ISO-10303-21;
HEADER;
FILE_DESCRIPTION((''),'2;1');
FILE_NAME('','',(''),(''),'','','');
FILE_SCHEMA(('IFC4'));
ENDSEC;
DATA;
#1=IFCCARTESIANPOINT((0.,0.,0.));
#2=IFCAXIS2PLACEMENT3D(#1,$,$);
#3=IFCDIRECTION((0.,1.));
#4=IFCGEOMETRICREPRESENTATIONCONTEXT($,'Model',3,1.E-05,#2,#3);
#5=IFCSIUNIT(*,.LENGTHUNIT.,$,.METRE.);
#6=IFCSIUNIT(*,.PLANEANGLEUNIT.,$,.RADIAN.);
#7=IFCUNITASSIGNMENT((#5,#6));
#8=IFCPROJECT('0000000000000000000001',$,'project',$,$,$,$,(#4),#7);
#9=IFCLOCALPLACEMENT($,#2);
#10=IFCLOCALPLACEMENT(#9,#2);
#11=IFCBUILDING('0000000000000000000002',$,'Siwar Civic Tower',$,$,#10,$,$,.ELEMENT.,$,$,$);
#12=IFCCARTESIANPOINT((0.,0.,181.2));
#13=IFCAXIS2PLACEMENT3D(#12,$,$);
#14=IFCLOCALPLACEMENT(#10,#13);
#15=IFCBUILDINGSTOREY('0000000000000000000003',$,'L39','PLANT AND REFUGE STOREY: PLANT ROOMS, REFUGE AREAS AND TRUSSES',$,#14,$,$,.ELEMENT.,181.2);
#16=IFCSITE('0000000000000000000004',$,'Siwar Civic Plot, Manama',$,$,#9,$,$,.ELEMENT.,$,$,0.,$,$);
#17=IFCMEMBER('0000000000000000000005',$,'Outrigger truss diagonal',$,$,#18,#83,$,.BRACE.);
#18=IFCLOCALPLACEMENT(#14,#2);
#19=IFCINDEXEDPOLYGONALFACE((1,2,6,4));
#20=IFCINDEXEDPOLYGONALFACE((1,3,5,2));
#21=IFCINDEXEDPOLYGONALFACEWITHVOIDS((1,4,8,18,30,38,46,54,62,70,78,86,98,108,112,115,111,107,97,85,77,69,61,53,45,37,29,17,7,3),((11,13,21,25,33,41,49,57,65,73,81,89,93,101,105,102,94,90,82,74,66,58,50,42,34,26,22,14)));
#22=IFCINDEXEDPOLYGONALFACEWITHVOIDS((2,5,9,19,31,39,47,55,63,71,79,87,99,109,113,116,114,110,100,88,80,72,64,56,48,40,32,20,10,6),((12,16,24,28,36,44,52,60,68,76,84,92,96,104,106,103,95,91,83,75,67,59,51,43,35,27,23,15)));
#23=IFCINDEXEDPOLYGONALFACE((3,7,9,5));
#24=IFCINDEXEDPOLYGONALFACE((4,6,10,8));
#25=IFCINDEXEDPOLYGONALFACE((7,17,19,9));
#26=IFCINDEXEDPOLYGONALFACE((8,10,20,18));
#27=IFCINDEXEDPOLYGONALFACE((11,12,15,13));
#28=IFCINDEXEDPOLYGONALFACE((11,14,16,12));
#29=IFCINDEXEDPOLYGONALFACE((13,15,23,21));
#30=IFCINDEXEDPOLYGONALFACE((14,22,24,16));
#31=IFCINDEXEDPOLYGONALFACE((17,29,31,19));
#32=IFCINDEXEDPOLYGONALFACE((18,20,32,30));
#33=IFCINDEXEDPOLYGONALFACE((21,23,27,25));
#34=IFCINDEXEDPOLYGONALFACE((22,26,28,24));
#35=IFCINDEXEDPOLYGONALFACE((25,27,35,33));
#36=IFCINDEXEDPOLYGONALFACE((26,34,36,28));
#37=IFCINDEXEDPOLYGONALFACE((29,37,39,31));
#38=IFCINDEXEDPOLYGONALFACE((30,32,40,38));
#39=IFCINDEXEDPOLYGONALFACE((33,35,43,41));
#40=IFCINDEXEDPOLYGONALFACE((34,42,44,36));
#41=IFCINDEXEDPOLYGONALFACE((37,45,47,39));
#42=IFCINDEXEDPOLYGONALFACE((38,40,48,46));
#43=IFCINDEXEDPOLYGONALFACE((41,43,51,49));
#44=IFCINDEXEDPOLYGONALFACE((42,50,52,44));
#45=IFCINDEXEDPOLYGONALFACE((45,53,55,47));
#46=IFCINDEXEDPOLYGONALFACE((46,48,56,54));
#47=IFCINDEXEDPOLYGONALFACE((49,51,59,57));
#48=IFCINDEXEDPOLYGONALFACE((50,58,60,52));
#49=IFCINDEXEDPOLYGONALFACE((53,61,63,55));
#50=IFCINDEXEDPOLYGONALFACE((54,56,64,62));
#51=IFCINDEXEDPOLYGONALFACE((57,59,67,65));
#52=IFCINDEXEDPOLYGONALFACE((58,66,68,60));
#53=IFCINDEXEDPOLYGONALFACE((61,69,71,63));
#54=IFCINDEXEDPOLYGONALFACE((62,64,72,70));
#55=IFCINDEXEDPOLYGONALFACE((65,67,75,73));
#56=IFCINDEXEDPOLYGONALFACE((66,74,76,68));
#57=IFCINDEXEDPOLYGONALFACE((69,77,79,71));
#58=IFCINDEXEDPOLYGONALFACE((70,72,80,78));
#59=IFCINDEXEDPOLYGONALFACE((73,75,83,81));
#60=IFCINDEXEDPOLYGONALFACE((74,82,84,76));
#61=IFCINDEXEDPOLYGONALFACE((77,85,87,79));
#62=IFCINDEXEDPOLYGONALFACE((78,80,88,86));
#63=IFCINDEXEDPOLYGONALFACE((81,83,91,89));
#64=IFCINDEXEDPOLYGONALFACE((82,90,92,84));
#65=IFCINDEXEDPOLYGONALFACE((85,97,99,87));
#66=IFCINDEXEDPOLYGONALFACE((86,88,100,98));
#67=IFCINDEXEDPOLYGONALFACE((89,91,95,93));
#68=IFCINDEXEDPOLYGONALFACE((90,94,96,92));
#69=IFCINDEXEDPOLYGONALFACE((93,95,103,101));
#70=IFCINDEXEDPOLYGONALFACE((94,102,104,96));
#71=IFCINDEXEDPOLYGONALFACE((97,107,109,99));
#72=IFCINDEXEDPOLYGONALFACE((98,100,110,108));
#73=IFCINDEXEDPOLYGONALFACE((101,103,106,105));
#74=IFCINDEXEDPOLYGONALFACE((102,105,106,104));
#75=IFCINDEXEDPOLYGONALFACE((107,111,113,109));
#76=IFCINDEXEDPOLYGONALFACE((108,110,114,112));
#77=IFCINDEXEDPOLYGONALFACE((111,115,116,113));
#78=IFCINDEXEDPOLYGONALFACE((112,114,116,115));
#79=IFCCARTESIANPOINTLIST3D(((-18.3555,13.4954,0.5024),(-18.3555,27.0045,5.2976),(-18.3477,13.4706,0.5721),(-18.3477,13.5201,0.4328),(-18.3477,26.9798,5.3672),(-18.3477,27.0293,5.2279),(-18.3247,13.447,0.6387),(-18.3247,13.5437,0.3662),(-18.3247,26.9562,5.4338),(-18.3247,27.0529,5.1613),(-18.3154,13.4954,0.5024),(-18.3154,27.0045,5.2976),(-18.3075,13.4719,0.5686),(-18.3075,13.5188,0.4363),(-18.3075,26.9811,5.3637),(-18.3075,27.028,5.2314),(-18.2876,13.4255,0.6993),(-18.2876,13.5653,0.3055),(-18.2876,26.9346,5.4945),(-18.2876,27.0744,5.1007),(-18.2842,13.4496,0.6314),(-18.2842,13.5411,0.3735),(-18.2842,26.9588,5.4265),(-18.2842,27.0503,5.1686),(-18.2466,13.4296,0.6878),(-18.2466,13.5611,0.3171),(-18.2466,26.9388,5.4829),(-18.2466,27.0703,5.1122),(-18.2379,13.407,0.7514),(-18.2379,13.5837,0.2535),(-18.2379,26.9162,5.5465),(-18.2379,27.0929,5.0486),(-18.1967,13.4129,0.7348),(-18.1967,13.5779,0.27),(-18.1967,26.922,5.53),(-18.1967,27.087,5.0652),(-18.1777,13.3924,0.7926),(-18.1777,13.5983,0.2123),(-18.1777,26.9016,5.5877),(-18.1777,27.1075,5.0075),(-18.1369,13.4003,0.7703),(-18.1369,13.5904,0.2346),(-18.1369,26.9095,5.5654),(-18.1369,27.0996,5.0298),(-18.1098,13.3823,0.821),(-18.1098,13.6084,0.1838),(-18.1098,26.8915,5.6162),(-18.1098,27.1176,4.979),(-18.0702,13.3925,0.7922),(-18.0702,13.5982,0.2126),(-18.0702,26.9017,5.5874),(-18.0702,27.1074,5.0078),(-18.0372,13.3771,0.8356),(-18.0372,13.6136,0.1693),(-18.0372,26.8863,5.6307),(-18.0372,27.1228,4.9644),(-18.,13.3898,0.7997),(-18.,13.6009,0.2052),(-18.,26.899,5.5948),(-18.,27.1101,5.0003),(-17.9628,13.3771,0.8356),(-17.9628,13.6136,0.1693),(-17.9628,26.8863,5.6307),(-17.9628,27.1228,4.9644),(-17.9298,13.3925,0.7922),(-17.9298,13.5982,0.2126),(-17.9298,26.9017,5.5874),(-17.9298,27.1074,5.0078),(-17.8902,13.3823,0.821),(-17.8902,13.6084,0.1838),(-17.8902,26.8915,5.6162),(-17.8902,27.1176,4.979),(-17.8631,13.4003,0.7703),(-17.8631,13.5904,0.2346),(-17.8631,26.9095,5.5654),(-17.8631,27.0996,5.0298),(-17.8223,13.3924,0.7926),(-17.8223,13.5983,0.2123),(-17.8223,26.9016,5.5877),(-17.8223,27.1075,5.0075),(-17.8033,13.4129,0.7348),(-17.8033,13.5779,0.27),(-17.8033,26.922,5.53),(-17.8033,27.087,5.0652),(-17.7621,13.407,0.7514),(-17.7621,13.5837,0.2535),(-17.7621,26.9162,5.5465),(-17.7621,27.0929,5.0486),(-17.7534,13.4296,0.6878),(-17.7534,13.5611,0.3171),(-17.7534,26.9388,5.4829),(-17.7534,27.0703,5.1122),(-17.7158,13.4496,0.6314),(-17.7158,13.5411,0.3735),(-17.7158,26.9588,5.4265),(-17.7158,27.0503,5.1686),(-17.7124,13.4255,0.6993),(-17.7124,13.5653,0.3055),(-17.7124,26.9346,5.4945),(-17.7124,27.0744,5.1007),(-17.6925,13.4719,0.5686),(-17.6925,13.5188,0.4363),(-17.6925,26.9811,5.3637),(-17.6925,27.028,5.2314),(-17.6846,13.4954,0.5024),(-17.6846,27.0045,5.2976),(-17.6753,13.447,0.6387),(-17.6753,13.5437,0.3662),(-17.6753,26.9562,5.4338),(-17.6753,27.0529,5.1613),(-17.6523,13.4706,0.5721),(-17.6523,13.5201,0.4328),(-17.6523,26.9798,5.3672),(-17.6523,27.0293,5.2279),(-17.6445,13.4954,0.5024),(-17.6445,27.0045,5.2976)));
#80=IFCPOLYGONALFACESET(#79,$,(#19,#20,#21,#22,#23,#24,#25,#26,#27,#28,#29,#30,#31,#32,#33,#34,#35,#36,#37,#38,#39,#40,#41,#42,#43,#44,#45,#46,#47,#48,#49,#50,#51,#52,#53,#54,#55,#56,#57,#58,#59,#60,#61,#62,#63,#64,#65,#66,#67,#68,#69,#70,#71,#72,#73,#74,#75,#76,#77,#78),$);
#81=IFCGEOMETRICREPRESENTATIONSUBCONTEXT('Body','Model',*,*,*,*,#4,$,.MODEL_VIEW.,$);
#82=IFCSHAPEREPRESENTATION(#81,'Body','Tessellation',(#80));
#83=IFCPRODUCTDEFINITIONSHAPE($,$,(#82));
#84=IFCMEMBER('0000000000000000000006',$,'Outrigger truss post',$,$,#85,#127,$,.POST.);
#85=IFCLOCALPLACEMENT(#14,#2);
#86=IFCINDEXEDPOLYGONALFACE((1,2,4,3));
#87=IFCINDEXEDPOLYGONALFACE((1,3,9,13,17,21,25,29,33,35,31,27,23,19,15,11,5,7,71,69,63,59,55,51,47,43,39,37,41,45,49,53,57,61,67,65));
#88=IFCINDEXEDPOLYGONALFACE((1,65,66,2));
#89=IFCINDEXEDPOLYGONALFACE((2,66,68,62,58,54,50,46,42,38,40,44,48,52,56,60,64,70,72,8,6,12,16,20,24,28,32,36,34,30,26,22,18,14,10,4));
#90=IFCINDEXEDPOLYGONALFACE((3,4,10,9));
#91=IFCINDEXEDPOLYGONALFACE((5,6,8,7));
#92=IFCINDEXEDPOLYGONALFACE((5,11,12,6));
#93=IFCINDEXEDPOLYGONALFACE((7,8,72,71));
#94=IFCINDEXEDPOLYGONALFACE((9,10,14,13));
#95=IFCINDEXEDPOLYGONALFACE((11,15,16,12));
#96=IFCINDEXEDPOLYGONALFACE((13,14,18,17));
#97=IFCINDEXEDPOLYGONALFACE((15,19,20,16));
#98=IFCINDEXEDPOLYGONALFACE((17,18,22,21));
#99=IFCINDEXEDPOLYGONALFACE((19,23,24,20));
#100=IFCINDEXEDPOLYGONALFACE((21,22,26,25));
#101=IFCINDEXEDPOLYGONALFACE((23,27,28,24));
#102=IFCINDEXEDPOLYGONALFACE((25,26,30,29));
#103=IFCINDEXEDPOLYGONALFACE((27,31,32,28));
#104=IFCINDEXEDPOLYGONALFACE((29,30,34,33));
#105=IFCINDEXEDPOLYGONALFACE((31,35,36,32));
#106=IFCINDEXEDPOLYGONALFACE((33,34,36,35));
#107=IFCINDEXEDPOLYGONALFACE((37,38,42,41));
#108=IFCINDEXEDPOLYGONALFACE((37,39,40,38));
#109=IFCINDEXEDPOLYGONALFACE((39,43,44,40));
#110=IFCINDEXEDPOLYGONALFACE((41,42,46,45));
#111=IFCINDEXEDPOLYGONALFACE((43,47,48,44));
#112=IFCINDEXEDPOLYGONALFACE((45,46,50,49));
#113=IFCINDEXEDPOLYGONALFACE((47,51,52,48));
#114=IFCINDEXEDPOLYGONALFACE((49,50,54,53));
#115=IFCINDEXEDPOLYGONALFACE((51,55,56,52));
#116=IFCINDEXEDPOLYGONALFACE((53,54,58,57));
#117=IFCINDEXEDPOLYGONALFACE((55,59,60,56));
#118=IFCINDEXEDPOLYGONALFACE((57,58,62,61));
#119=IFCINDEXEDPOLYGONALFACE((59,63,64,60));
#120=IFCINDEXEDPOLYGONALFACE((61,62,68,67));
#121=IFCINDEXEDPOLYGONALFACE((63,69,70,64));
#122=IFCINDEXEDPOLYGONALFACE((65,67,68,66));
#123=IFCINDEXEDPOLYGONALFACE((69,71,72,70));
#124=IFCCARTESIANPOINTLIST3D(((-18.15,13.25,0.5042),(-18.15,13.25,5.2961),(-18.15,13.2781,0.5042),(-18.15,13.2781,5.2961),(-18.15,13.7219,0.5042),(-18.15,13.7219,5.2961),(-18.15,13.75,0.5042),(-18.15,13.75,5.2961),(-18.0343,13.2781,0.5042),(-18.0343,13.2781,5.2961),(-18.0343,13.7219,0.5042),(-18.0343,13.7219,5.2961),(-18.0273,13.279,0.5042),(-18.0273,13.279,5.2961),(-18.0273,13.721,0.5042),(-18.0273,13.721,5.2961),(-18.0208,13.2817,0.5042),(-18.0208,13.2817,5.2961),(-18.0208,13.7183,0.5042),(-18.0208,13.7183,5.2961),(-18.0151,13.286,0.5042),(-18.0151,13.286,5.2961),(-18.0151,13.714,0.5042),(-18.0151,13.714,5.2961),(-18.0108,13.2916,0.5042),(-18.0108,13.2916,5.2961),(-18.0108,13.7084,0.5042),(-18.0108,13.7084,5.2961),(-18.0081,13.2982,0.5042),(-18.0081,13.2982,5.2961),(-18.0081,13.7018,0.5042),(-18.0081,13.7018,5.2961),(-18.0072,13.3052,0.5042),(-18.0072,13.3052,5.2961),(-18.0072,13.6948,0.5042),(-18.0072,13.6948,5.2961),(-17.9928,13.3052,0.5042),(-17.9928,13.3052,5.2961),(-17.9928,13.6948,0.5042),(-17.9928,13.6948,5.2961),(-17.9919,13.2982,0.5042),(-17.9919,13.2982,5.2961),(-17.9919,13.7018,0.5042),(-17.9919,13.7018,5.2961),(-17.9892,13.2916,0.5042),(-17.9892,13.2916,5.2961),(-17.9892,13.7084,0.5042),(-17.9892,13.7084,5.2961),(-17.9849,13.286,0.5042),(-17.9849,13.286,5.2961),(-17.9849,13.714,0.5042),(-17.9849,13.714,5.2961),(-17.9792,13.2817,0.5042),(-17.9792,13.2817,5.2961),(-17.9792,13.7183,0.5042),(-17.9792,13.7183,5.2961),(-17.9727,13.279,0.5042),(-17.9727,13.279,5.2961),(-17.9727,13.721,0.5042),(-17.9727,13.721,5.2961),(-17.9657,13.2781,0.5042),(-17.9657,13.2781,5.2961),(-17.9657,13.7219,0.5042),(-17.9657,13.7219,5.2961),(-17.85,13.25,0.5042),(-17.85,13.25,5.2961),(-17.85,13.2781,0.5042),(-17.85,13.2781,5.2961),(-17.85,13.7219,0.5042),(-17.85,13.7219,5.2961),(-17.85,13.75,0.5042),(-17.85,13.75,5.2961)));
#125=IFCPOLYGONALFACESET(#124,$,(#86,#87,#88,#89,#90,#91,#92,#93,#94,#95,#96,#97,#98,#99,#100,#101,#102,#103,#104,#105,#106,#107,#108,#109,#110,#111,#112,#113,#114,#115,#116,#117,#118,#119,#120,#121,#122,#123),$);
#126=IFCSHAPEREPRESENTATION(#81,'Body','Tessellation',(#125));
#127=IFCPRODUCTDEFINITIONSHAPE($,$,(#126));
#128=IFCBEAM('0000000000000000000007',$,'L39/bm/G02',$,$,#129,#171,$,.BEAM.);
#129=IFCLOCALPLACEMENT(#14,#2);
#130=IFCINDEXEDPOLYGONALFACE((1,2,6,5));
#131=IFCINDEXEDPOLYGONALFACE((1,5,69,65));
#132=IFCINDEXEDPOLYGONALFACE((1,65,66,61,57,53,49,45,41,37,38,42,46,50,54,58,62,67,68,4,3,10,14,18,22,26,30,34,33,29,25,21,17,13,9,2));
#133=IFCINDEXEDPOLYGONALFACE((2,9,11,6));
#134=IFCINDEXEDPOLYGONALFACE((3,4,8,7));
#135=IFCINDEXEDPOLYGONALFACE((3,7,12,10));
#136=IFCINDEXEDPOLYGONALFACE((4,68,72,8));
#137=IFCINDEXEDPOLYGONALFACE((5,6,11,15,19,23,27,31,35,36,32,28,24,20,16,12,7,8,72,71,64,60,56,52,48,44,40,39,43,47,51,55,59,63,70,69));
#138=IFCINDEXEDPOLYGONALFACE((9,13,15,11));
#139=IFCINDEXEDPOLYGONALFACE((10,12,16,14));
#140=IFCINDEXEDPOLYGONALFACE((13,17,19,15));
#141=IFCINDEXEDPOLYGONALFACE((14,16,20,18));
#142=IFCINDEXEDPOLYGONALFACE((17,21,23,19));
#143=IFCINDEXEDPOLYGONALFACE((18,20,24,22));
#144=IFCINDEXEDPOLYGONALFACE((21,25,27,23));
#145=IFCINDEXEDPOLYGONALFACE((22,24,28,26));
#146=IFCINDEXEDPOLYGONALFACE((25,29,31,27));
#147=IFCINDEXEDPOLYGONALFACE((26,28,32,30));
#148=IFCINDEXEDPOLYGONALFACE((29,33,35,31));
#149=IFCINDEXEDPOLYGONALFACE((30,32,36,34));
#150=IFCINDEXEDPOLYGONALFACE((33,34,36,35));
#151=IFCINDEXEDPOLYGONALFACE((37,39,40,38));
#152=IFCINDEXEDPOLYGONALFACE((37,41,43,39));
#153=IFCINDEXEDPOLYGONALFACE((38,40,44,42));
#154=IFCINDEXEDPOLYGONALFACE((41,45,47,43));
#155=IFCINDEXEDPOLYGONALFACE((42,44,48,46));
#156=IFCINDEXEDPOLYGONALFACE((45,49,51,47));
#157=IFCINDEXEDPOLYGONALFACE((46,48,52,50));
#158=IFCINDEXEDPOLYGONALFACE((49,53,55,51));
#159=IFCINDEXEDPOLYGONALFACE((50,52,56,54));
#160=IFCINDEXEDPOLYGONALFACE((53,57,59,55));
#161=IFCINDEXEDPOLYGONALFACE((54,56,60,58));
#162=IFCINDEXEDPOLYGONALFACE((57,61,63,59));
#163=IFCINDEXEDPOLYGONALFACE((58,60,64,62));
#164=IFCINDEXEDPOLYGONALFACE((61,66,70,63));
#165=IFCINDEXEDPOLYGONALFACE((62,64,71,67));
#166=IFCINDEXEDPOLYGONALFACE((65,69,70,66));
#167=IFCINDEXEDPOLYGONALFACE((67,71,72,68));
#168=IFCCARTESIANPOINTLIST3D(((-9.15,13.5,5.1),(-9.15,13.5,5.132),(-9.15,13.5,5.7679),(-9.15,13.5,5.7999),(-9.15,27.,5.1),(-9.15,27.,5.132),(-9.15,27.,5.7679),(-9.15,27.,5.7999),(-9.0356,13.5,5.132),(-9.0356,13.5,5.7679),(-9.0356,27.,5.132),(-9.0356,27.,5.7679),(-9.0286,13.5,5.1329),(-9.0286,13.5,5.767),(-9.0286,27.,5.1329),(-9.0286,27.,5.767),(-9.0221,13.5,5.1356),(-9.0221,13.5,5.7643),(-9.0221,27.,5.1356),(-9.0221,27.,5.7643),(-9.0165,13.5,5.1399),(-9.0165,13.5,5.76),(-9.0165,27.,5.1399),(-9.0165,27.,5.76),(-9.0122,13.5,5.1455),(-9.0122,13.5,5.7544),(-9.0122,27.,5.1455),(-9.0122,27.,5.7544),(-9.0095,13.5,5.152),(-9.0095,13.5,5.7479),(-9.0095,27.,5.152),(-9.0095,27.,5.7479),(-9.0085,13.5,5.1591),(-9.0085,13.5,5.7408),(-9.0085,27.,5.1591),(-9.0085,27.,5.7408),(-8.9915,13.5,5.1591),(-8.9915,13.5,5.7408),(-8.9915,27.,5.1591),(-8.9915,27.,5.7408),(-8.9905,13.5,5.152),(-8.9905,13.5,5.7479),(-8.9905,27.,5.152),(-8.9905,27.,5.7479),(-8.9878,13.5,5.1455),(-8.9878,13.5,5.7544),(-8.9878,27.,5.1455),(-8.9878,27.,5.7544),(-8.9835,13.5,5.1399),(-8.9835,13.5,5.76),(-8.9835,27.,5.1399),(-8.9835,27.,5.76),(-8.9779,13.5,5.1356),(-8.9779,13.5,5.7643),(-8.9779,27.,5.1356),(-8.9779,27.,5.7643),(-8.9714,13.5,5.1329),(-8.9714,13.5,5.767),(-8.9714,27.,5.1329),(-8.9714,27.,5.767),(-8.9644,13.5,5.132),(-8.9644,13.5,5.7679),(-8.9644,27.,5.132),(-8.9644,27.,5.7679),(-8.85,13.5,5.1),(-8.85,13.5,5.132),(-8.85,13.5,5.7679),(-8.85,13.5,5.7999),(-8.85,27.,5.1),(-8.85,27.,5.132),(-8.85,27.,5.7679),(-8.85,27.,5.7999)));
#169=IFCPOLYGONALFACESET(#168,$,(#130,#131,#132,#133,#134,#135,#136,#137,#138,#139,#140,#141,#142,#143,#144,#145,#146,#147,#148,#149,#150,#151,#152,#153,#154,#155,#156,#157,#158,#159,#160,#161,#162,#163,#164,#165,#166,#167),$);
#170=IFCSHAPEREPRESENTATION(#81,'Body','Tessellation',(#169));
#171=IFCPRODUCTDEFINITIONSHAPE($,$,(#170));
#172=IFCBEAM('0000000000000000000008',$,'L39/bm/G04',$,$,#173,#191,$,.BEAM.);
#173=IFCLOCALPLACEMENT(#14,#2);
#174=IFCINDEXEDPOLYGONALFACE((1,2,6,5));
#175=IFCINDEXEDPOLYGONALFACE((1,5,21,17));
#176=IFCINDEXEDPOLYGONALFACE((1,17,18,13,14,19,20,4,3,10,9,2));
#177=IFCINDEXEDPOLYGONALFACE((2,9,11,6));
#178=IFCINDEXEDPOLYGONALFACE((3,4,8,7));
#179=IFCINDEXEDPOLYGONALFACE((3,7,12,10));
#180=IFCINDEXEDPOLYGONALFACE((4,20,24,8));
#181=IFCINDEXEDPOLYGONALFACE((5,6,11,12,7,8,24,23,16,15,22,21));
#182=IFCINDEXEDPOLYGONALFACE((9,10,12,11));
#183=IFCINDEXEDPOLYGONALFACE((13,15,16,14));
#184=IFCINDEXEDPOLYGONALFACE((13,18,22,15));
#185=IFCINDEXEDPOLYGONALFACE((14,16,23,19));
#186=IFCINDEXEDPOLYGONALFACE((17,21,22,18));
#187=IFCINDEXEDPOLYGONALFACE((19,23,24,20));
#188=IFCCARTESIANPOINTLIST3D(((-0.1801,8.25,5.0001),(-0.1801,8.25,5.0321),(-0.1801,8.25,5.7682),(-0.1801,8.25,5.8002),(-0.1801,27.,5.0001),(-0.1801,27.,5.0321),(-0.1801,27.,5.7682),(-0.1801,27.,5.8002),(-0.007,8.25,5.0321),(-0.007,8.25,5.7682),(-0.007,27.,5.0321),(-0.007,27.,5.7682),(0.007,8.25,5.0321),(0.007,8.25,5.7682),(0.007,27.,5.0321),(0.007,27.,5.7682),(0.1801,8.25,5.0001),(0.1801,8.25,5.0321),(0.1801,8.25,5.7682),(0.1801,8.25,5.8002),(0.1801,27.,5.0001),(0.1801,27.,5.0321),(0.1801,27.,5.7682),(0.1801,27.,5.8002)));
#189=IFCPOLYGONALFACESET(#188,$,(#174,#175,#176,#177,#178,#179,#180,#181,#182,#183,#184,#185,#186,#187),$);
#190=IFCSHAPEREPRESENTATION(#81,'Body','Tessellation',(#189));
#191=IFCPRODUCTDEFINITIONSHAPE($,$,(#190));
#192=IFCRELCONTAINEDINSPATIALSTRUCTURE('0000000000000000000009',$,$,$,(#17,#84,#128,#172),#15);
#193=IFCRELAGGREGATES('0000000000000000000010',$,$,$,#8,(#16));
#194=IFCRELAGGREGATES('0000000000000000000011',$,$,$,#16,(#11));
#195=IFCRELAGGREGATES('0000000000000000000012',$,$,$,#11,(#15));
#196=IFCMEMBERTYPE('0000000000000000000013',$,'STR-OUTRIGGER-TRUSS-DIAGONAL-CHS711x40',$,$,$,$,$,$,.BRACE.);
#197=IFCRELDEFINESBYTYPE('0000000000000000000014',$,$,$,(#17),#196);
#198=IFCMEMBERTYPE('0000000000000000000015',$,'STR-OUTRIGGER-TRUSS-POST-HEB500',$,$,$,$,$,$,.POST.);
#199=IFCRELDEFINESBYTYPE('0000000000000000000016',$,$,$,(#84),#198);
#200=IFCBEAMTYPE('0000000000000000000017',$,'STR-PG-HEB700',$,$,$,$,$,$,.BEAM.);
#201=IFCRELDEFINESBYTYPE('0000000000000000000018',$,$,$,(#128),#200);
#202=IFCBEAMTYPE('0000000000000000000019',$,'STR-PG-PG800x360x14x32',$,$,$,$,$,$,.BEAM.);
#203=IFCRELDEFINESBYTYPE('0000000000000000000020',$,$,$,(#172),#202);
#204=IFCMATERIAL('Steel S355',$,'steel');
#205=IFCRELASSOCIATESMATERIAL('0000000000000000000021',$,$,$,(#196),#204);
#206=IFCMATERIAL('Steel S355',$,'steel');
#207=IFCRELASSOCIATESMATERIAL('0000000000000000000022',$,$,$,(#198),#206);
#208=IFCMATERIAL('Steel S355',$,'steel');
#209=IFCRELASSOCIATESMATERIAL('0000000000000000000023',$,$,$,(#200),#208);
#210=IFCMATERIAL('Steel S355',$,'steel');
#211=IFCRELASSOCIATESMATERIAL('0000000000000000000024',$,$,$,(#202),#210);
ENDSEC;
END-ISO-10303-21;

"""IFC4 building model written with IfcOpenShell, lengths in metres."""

from ifc_helpers import new_model, si_unit, direction, frame, origin, origin_2d, place, context, subcontext, project, spatial, hollow_circle, i_section, extrude, material, material_profile, profile_set, type_object, element, save


model = new_model("IFC4")

# Units and contexts
model_context = context("Model", 3, precision=1e-05, world=origin(), true_north=direction((0.0, 1.0)))
body_context = subcontext(model_context, "Body", "Model", "MODEL_VIEW")
ifc_project = project(units=[si_unit("LENGTHUNIT", "METRE"), si_unit("PLANEANGLEUNIT", "RADIAN")], contexts=[model_context])

# Site, building, storey
site_placement = place(None, origin())
site = spatial("IfcSite", under=ifc_project, at=site_placement, Name="Siwar Civic Plot, Manama", CompositionType="ELEMENT", RefElevation=0.0)
building_placement = place(site_placement, origin())
building = spatial("IfcBuilding", under=site, at=building_placement, Name="Siwar Civic Tower", CompositionType="ELEMENT")
storey_placement = place(building_placement, frame((0.0, 0.0, 181.2)))
storey = spatial("IfcBuildingStorey", under=building, at=storey_placement, Name="L39", Description="PLANT AND REFUGE STOREY: PLANT ROOMS, REFUGE AREAS AND TRUSSES", CompositionType="ELEMENT", Elevation=181.2)

# Members
ifc_material_1 = material(Name="Steel S355", Category="steel")
ifc_material_profile_1 = material_profile(ifc_material_1, hollow_circle(Radius=0.3555, WallThickness=0.04, at=origin_2d()), Name="CHS711x40")
ifc_profile_set_1 = profile_set([ifc_material_profile_1], Name="Steel S355")
member_type_1 = type_object("IfcMemberType", Name="STR-OUTRIGGER-TRUSS-DIAGONAL-CHS711x40", PredefinedType="BRACE", material=ifc_profile_set_1)
member_1_placement = place(storey_placement, frame((-18.0, 13.4954, 0.5024), z_axis=(0.0, 0.942394, 0.334506), x_axis=(-1.0, 0.0, 0.0)))
element("IfcMember", 1, at=member_1_placement, inside=storey, type_object=member_type_1, Name="Outrigger truss diagonal", PredefinedType="BRACE", context=body_context, shape_type="SweptSolid", body=[
    extrude(hollow_circle(Radius=0.3555, WallThickness=0.04, at=origin_2d()), origin(), (0.0, 0.0, 1.0), 14.335),
])
ifc_material_2 = material(Name="Steel S355", Category="steel")
ifc_material_profile_2 = material_profile(ifc_material_2, i_section(OverallWidth=0.3, OverallDepth=0.5, WebThickness=0.0144, FlangeThickness=0.0281, FilletRadius=0.0271, at=origin_2d()), Name="HEB500")
ifc_profile_set_2 = profile_set([ifc_material_profile_2], Name="Steel S355")
member_type_2 = type_object("IfcMemberType", Name="STR-OUTRIGGER-TRUSS-POST-HEB500", PredefinedType="POST", material=ifc_profile_set_2)
member_2_placement = place(storey_placement, frame((-18.0, 13.5, 0.5042), z_axis=(0.0, 0.0, 1.0), x_axis=(1.0, 0.0, 0.0)))
element("IfcMember", 2, at=member_2_placement, inside=storey, type_object=member_type_2, Name="Outrigger truss post", PredefinedType="POST", context=body_context, shape_type="SweptSolid", body=[
    extrude(i_section(OverallWidth=0.3, OverallDepth=0.5, WebThickness=0.0144, FlangeThickness=0.0281, FilletRadius=0.0271, at=origin_2d()), origin(), (0.0, 0.0, 1.0), 4.792),
])

# Beams
ifc_material_3 = material(Name="Steel S355", Category="steel")
ifc_material_profile_3 = material_profile(ifc_material_3, i_section(OverallWidth=0.3, OverallDepth=0.7, WebThickness=0.0171, FlangeThickness=0.032, FilletRadius=0.0271, at=origin_2d()), Name="HEB700")
ifc_profile_set_3 = profile_set([ifc_material_profile_3], Name="Steel S355")
beam_type_1 = type_object("IfcBeamType", Name="STR-PG-HEB700", PredefinedType="BEAM", material=ifc_profile_set_3)
beam_1_placement = place(storey_placement, frame((-9.0, 13.5, 5.45), z_axis=(0.0, 1.0, 0.0), x_axis=(-1.0, 0.0, 0.0)))
element("IfcBeam", 3, at=beam_1_placement, inside=storey, type_object=beam_type_1, Name="L39/bm/G02", PredefinedType="BEAM", context=body_context, shape_type="SweptSolid", body=[
    extrude(i_section(OverallWidth=0.3, OverallDepth=0.7, WebThickness=0.0171, FlangeThickness=0.032, FilletRadius=0.0271, at=origin_2d()), origin(), (0.0, 0.0, 1.0), 13.5),
])
ifc_material_4 = material(Name="Steel S355", Category="steel")
ifc_material_profile_4 = material_profile(ifc_material_4, i_section(OverallWidth=0.3601, OverallDepth=0.8, WebThickness=0.0139, FlangeThickness=0.032, at=origin_2d()), Name="PG800x360x14x32")
ifc_profile_set_4 = profile_set([ifc_material_profile_4], Name="Steel S355")
beam_type_2 = type_object("IfcBeamType", Name="STR-PG-PG800x360x14x32", PredefinedType="BEAM", material=ifc_profile_set_4)
beam_2_placement = place(storey_placement, frame((0.0, 8.25, 5.4001), z_axis=(0.0, 1.0, 0.0), x_axis=(-1.0, 0.0, 0.0)))
element("IfcBeam", 4, at=beam_2_placement, inside=storey, type_object=beam_type_2, Name="L39/bm/G04", PredefinedType="BEAM", context=body_context, shape_type="SweptSolid", body=[
    extrude(i_section(OverallWidth=0.3601, OverallDepth=0.8, WebThickness=0.0139, FlangeThickness=0.032, at=origin_2d()), origin(), (0.0, 0.0, 1.0), 18.75),
])

save(model, "model.ifc")
